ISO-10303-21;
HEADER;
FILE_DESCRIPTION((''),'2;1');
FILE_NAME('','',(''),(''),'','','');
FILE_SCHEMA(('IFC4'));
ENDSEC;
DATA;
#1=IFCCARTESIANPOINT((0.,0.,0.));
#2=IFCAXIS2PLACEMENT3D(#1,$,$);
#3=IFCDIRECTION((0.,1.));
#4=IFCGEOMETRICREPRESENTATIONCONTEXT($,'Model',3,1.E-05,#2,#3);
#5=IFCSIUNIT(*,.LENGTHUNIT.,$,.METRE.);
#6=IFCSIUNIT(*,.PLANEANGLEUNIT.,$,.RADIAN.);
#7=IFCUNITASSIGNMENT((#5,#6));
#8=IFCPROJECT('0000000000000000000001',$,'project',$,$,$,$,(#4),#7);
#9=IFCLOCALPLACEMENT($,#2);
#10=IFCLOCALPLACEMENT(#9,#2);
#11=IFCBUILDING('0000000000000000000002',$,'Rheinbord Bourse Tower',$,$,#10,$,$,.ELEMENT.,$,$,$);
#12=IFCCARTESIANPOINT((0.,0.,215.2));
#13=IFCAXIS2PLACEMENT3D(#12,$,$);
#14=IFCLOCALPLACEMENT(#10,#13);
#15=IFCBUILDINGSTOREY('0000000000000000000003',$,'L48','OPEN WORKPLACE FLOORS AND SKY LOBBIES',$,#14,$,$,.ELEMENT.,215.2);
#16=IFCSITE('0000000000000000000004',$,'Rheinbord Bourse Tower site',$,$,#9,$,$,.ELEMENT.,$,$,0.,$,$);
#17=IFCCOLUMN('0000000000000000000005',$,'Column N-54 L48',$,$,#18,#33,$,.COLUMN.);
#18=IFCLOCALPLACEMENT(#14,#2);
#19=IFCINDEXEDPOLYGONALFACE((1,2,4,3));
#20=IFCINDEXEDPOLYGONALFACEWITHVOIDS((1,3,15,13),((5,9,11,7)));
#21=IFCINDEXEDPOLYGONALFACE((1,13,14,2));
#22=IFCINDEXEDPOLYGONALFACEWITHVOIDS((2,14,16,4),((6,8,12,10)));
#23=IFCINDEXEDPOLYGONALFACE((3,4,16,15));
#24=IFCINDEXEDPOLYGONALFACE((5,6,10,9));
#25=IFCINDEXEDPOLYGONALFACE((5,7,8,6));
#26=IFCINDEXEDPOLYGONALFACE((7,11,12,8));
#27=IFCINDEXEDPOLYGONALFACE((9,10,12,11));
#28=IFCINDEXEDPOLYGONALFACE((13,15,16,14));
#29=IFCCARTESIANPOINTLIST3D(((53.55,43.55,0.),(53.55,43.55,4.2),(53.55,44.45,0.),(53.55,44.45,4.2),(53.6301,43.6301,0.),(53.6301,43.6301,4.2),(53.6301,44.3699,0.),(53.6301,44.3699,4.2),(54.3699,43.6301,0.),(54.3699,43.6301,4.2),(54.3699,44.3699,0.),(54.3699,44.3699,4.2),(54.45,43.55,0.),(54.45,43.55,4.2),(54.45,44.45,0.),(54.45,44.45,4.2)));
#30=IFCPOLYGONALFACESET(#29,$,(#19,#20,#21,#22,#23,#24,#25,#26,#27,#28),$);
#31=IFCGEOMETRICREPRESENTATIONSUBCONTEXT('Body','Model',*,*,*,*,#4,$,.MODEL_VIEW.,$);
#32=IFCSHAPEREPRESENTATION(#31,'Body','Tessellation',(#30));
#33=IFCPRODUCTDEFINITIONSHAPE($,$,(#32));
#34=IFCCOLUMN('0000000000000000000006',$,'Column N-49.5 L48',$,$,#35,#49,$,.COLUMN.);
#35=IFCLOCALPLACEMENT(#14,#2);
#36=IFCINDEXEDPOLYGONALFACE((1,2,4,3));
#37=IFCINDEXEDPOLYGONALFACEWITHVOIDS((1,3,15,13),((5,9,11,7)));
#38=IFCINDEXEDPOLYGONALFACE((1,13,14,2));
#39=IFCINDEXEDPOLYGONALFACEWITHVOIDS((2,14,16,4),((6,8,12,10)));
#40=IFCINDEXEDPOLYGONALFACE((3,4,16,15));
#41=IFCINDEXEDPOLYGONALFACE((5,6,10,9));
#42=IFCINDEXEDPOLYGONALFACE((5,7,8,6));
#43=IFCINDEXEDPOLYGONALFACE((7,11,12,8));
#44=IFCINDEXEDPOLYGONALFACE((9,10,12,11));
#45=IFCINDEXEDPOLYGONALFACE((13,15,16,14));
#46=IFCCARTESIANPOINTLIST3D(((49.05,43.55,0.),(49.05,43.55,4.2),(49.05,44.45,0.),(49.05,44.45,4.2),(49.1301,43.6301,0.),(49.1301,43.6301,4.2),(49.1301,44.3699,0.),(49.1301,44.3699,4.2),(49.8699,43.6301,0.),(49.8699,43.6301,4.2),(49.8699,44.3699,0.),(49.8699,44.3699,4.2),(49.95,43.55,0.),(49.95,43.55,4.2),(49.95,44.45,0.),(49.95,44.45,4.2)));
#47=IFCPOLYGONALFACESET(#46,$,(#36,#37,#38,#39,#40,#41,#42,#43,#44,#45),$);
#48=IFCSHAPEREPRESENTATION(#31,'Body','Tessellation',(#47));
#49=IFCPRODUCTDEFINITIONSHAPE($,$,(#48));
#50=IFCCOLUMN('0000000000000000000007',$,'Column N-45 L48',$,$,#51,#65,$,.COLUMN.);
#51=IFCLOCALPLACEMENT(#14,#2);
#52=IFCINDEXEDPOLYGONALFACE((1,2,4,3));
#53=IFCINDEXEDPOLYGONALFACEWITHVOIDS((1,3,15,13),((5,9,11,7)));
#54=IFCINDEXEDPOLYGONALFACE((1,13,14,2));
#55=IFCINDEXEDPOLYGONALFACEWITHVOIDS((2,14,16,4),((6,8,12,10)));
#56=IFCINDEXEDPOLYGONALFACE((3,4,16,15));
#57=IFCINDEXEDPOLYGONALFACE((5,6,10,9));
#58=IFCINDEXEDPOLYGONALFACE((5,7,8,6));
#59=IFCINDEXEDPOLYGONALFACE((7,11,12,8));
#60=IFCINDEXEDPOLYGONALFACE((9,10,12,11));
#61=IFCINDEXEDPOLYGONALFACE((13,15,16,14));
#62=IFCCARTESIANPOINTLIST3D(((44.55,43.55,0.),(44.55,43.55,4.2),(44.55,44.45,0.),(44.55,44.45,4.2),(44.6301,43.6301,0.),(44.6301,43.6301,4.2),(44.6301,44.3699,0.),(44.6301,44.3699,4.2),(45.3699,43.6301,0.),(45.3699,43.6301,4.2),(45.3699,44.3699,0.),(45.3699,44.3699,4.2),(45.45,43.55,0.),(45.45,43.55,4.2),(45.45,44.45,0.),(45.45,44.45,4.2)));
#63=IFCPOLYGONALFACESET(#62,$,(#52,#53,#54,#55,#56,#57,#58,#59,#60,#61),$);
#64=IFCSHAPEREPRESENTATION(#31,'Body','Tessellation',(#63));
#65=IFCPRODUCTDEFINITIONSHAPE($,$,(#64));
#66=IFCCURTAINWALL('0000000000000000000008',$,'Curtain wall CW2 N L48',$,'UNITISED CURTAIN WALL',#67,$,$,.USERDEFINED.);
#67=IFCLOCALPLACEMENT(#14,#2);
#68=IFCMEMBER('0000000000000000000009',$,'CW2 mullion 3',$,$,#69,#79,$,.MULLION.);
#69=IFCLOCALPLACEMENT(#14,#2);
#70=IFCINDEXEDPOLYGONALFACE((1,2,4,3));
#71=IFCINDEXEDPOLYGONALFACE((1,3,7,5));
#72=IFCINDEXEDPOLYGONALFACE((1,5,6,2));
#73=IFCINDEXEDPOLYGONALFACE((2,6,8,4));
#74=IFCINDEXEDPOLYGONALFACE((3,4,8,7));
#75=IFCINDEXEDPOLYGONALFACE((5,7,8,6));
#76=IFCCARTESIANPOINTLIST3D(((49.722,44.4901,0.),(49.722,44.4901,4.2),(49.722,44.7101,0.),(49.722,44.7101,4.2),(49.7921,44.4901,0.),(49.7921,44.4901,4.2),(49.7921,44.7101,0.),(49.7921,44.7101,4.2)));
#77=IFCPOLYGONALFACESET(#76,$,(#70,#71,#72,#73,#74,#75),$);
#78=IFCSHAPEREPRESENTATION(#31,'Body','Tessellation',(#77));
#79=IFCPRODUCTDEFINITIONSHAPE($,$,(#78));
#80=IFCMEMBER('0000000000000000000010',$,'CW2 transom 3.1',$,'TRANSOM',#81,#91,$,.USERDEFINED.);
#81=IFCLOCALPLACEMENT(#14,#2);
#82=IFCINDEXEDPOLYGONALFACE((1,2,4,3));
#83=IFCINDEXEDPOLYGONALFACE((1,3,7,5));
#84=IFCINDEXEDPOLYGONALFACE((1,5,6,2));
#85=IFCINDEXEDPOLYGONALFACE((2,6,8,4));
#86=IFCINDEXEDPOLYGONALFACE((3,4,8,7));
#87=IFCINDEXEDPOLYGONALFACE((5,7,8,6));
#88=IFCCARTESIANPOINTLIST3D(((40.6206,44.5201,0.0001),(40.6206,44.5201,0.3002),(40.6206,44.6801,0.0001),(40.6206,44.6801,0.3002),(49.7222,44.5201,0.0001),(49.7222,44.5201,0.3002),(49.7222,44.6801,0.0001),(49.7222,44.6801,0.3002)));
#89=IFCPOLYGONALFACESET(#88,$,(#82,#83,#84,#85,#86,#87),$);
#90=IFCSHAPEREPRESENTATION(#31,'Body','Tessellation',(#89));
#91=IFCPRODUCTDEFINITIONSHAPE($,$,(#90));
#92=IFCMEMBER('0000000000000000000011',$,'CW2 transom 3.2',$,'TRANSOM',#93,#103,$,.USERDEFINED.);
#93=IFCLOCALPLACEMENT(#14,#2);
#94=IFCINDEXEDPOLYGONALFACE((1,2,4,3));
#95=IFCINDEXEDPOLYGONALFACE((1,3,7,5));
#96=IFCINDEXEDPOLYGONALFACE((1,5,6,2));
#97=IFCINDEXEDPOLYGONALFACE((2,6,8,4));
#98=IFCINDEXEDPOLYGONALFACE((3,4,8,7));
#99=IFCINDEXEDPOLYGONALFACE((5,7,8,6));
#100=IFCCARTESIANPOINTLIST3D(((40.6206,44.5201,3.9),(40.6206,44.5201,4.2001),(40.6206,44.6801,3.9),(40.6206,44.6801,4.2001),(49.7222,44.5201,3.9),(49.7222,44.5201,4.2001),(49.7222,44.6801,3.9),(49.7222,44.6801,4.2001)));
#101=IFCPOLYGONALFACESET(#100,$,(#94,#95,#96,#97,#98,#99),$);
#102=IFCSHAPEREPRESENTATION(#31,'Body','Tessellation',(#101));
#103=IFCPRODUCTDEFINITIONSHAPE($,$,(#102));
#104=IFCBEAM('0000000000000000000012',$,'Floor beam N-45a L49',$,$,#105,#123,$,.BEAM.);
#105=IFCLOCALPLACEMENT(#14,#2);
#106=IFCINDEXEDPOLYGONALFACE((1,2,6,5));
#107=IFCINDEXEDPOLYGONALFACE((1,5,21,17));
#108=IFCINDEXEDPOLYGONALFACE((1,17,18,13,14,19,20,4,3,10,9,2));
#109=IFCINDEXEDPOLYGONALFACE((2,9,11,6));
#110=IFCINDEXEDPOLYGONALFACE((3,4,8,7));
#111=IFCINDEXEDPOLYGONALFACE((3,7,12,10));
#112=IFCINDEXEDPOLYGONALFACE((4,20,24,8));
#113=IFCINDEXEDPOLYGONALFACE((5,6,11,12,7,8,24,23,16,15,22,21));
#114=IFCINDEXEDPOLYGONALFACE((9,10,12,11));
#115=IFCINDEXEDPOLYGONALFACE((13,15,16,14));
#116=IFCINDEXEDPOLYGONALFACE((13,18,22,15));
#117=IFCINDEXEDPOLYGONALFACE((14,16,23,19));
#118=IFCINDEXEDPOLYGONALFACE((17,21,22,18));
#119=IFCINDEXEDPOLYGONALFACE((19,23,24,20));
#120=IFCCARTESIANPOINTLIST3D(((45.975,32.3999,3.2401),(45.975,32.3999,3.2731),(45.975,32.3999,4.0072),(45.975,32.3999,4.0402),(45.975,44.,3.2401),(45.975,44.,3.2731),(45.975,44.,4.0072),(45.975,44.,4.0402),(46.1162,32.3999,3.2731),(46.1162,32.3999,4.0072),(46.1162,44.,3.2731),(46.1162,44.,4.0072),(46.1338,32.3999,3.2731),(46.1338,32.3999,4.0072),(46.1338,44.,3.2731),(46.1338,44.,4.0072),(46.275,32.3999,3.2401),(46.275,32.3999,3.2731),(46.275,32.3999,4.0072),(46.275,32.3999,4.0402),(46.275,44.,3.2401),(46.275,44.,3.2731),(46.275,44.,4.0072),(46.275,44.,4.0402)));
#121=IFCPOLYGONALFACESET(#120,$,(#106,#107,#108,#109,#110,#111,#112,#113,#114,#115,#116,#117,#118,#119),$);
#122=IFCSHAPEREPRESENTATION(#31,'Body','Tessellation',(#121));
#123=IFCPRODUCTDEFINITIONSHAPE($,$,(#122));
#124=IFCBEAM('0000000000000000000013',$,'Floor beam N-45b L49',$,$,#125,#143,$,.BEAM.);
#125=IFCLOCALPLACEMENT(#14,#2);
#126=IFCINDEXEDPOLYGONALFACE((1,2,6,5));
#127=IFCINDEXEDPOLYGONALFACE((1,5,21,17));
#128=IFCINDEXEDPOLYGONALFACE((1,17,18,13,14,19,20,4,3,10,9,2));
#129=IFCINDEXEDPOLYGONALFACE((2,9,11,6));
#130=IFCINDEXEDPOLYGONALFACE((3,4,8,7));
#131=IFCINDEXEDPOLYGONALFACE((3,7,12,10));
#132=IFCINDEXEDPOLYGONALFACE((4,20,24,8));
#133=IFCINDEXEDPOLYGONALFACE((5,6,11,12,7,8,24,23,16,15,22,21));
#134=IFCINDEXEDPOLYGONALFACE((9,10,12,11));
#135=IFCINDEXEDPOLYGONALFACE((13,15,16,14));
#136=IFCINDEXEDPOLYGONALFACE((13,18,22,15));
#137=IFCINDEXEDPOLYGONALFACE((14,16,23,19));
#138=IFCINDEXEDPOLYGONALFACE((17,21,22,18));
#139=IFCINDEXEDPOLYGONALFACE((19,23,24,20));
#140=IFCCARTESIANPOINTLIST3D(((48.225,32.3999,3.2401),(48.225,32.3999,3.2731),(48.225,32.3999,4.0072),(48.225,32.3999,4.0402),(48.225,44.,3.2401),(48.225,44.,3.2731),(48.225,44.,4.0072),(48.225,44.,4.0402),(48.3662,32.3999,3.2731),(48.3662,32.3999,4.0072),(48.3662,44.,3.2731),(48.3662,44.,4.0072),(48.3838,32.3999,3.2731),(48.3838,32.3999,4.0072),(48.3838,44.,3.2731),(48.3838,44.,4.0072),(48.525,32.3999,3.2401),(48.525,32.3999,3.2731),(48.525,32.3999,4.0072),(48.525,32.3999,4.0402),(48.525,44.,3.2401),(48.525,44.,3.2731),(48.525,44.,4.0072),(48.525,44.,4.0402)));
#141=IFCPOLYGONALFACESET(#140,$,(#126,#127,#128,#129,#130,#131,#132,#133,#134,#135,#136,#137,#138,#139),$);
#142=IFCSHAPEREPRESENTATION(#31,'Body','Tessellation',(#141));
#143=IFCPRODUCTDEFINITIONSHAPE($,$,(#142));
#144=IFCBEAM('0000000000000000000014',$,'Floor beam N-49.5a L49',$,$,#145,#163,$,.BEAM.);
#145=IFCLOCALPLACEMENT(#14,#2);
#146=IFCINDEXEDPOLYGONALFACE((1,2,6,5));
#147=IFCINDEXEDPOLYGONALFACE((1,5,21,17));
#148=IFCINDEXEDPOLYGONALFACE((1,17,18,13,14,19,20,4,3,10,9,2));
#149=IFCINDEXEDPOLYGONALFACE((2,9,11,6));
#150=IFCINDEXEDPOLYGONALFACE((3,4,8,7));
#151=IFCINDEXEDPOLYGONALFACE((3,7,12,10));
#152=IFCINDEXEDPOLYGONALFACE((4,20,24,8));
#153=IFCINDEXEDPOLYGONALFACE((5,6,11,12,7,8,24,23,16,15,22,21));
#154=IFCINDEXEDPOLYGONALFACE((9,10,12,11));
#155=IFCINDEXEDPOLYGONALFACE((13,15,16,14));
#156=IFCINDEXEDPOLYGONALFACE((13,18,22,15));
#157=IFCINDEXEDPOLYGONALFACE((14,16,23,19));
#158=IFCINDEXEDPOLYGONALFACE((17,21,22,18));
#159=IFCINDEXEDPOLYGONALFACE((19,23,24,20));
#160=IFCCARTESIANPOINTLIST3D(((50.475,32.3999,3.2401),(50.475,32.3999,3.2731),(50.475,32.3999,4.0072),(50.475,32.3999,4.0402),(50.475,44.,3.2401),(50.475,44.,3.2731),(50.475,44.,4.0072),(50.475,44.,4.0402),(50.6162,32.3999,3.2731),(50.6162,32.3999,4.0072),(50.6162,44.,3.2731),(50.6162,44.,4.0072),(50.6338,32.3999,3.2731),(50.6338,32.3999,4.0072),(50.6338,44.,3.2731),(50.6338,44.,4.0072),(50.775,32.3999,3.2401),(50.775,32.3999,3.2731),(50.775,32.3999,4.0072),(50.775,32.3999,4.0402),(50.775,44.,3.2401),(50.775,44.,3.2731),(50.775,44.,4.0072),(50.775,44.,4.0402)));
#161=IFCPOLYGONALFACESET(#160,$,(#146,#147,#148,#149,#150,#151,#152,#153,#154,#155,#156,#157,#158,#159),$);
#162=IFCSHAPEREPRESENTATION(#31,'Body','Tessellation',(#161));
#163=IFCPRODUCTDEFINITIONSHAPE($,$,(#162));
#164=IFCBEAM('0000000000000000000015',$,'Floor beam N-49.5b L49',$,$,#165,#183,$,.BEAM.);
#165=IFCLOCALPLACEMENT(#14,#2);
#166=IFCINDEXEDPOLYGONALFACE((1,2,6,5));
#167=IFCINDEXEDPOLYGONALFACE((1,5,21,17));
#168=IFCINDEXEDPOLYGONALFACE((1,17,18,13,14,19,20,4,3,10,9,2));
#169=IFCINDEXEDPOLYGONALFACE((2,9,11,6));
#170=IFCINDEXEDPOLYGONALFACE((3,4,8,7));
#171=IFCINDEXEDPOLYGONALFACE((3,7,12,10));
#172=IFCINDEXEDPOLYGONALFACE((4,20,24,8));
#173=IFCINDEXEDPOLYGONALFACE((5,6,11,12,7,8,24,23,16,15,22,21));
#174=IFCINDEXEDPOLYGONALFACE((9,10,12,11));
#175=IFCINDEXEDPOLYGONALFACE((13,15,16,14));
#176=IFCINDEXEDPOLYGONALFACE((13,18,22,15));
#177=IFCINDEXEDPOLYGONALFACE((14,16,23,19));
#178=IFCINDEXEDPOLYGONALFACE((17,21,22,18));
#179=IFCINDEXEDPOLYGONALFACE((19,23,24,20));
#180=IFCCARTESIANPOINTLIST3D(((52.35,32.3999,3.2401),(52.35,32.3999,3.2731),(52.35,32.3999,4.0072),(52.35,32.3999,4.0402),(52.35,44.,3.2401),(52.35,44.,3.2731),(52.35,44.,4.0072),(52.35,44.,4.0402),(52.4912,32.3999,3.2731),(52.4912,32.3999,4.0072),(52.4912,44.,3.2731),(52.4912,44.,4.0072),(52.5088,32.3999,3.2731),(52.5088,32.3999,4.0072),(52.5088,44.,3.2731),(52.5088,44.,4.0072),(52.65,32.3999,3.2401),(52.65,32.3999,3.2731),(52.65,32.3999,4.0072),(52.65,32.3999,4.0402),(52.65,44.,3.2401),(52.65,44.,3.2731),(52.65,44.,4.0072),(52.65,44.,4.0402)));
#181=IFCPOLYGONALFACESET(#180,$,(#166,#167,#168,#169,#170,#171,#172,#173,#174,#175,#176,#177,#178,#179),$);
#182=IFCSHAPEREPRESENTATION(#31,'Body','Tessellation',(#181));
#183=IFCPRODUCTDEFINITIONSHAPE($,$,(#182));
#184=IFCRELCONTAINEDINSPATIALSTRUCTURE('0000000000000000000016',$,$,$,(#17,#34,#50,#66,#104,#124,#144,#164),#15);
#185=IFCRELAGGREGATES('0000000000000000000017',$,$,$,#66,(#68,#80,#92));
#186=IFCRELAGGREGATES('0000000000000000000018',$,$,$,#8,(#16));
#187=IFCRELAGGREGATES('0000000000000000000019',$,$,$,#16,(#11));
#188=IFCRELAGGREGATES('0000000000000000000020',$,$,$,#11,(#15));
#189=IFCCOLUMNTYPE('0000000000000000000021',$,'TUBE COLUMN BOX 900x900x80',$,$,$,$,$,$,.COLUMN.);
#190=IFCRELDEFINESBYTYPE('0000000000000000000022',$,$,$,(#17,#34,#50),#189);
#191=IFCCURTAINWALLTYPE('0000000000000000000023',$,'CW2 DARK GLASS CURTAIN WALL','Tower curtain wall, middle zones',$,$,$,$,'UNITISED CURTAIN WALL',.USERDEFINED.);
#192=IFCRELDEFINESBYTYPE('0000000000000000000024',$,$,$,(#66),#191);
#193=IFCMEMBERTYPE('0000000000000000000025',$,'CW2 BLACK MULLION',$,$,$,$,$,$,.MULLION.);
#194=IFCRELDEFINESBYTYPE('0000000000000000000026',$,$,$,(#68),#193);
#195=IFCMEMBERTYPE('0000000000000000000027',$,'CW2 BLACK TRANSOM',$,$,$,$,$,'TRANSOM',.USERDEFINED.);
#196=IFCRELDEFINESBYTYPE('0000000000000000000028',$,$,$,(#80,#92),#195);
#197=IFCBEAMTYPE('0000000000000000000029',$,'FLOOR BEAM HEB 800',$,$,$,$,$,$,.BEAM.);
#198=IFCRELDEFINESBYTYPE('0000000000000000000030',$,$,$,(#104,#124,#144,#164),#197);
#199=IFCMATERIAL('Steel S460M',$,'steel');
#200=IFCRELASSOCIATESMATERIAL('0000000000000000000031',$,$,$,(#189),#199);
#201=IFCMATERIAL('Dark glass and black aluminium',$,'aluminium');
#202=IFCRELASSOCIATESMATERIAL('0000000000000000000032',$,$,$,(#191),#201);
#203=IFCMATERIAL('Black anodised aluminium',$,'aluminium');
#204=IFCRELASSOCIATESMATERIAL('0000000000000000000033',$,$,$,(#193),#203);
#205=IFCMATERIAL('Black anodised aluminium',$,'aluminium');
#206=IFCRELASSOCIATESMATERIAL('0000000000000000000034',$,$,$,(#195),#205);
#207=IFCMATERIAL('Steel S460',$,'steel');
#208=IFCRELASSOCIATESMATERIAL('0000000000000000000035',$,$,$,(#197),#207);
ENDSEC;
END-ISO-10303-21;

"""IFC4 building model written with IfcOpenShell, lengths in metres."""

from ifc_helpers import new_model, si_unit, direction, frame, origin, origin_2d, place, context, subcontext, project, spatial, rectangle, hollow_rectangle, i_section, extrude, material, material_profile, profile_set, type_object, element, aggregate, save


model = new_model("IFC4")

# Units and contexts
model_context = context("Model", 3, precision=1e-05, world=origin(), true_north=direction((0.0, 1.0)))
body_context = subcontext(model_context, "Body", "Model", "MODEL_VIEW")
ifc_project = project(units=[si_unit("LENGTHUNIT", "METRE"), si_unit("PLANEANGLEUNIT", "RADIAN")], contexts=[model_context])

# Site, building, storey
site_placement = place(None, origin())
site = spatial("IfcSite", under=ifc_project, at=site_placement, Name="Rheinbord Bourse Tower site", CompositionType="ELEMENT", RefElevation=0.0)
building_placement = place(site_placement, origin())
building = spatial("IfcBuilding", under=site, at=building_placement, Name="Rheinbord Bourse Tower", CompositionType="ELEMENT")
storey_placement = place(building_placement, frame((0.0, 0.0, 215.2)))
storey = spatial("IfcBuildingStorey", under=building, at=storey_placement, Name="L48", Description="OPEN WORKPLACE FLOORS AND SKY LOBBIES", CompositionType="ELEMENT", Elevation=215.2)

# Columns
ifc_material_1 = material(Name="Steel S460M", Category="steel")
ifc_material_profile_1 = material_profile(ifc_material_1, hollow_rectangle(XDim=0.8999, YDim=0.8999, WallThickness=0.0801, at=origin_2d()), Name="BOX 900x900x80")
ifc_profile_set_1 = profile_set([ifc_material_profile_1], Name="Steel S460M")
column_type = type_object("IfcColumnType", Name="TUBE COLUMN BOX 900x900x80", PredefinedType="COLUMN", material=ifc_profile_set_1)
for number, where, z_axis, x_axis, name in (
    (1, (54.0, 44.0, 0.0), (0.0, 0.0, 1.0), (0.0, 1.0, 0.0), "Column N-54 L48"),
    (2, (49.5, 44.0, 0.0), (0.0, 0.0, 1.0), (0.0, 1.0, 0.0), "Column N-49.5 L48"),
    (3, (45.0, 44.0, 0.0), (0.0, 0.0, 1.0), (0.0, 1.0, 0.0), "Column N-45 L48"),
):
    element("IfcColumn", number, at=place(storey_placement, frame(where, z_axis=z_axis, x_axis=x_axis)), inside=storey, type_object=column_type, Name=name, PredefinedType="COLUMN", context=body_context, shape_type="SweptSolid", body=[
        extrude(hollow_rectangle(XDim=0.8999, YDim=0.8999, WallThickness=0.0801, at=origin_2d()), origin(), (0.0, 0.0, 1.0), 4.2),
    ])

# Curtain wall, members
ifc_material_2 = material(Name="Dark glass and black aluminium", Category="aluminium")
curtain_wall_type = type_object("IfcCurtainWallType", Name="CW2 DARK GLASS CURTAIN WALL", Description="Tower curtain wall, middle zones", ElementType="UNITISED CURTAIN WALL", PredefinedType="USERDEFINED", material=ifc_material_2)
curtain_wall_placement = place(storey_placement, origin())
curtain_wall = element("IfcCurtainWall", 4, at=curtain_wall_placement, inside=storey, type_object=curtain_wall_type, Name="Curtain wall CW2 N L48", ObjectType="UNITISED CURTAIN WALL", PredefinedType="USERDEFINED")
ifc_material_3 = material(Name="Black anodised aluminium", Category="aluminium")
ifc_material_profile_2 = material_profile(ifc_material_3, rectangle(XDim=0.22, YDim=0.0701, at=origin_2d()), Name="CW2 MULLION 70x220")
ifc_profile_set_2 = profile_set([ifc_material_profile_2], Name="Black anodised aluminium")
member_type_1 = type_object("IfcMemberType", Name="CW2 BLACK MULLION", PredefinedType="MULLION", material=ifc_profile_set_2)
member_1_placement = place(storey_placement, frame((49.7571, 44.6001, 0.0), z_axis=(0.0, 0.0, 1.0), x_axis=(0.0, -1.0, 0.0)))
member_1 = element("IfcMember", 5, at=member_1_placement, type_object=member_type_1, Name="CW2 mullion 3", PredefinedType="MULLION", context=body_context, shape_type="SweptSolid", body=[
    extrude(rectangle(XDim=0.22, YDim=0.0701, at=origin_2d()), origin(), (0.0, 0.0, 1.0), 4.2),
])
ifc_material_4 = material(Name="Black anodised aluminium", Category="aluminium")
ifc_material_profile_3 = material_profile(ifc_material_4, rectangle(XDim=0.1599, YDim=0.3, at=origin_2d()), Name="CW2 TRANSOM 300x160")
ifc_profile_set_3 = profile_set([ifc_material_profile_3], Name="Black anodised aluminium")
member_type_2 = type_object("IfcMemberType", Name="CW2 BLACK TRANSOM", ElementType="TRANSOM", PredefinedType="USERDEFINED", material=ifc_profile_set_3)
member_2_placement = place(storey_placement, frame((49.7222, 44.6001, 0.1501), z_axis=(-1.0, 0.0, 0.0), x_axis=(0.0, -1.0, 0.0)))
member_2 = element("IfcMember", 6, at=member_2_placement, type_object=member_type_2, Name="CW2 transom 3.1", ObjectType="TRANSOM", PredefinedType="USERDEFINED", context=body_context, shape_type="SweptSolid", body=[
    extrude(rectangle(XDim=0.1599, YDim=0.3, at=origin_2d()), origin(), (0.0, 0.0, 1.0), 9.1016),
])
member_3_placement = place(storey_placement, frame((49.7222, 44.6001, 4.05), z_axis=(-1.0, 0.0, 0.0), x_axis=(0.0, -1.0, 0.0)))
member_3 = element("IfcMember", 7, at=member_3_placement, type_object=member_type_2, Name="CW2 transom 3.2", ObjectType="TRANSOM", PredefinedType="USERDEFINED", context=body_context, shape_type="SweptSolid", body=[
    extrude(rectangle(XDim=0.1599, YDim=0.3, at=origin_2d()), origin(), (0.0, 0.0, 1.0), 9.1016),
])

# Beams
ifc_material_5 = material(Name="Steel S460", Category="steel")
ifc_material_profile_4 = material_profile(ifc_material_5, i_section(OverallWidth=0.3, OverallDepth=0.8, WebThickness=0.0176, FlangeThickness=0.033, at=origin_2d()), Name="HEB 800")
ifc_profile_set_4 = profile_set([ifc_material_profile_4], Name="Steel S460")
beam_type_1 = type_object("IfcBeamType", Name="FLOOR BEAM HEB 800", PredefinedType="BEAM", material=ifc_profile_set_4)
for number, where, z_axis, x_axis, name in (
    (8, (46.125, 44.0, 3.6401), (0.0, -1.0, 0.0), (1.0, 0.0, 0.0), "Floor beam N-45a L49"),
    (9, (48.375, 44.0, 3.6401), (0.0, -1.0, 0.0), (1.0, 0.0, 0.0), "Floor beam N-45b L49"),
    (10, (50.625, 44.0, 3.6401), (0.0, -1.0, 0.0), (1.0, 0.0, 0.0), "Floor beam N-49.5a L49"),
    (11, (52.5, 44.0, 3.6401), (0.0, -1.0, 0.0), (1.0, 0.0, 0.0), "Floor beam N-49.5b L49"),
):
    element("IfcBeam", number, at=place(storey_placement, frame(where, z_axis=z_axis, x_axis=x_axis)), inside=storey, type_object=beam_type_1, Name=name, PredefinedType="BEAM", context=body_context, shape_type="SweptSolid", body=[
        extrude(i_section(OverallWidth=0.3, OverallDepth=0.8, WebThickness=0.0176, FlangeThickness=0.033, at=origin_2d()), origin(), (0.0, 0.0, 1.0), 11.6001),
    ])

aggregate(curtain_wall, [member_1, member_2, member_3])

save(model, "model.ifc")
